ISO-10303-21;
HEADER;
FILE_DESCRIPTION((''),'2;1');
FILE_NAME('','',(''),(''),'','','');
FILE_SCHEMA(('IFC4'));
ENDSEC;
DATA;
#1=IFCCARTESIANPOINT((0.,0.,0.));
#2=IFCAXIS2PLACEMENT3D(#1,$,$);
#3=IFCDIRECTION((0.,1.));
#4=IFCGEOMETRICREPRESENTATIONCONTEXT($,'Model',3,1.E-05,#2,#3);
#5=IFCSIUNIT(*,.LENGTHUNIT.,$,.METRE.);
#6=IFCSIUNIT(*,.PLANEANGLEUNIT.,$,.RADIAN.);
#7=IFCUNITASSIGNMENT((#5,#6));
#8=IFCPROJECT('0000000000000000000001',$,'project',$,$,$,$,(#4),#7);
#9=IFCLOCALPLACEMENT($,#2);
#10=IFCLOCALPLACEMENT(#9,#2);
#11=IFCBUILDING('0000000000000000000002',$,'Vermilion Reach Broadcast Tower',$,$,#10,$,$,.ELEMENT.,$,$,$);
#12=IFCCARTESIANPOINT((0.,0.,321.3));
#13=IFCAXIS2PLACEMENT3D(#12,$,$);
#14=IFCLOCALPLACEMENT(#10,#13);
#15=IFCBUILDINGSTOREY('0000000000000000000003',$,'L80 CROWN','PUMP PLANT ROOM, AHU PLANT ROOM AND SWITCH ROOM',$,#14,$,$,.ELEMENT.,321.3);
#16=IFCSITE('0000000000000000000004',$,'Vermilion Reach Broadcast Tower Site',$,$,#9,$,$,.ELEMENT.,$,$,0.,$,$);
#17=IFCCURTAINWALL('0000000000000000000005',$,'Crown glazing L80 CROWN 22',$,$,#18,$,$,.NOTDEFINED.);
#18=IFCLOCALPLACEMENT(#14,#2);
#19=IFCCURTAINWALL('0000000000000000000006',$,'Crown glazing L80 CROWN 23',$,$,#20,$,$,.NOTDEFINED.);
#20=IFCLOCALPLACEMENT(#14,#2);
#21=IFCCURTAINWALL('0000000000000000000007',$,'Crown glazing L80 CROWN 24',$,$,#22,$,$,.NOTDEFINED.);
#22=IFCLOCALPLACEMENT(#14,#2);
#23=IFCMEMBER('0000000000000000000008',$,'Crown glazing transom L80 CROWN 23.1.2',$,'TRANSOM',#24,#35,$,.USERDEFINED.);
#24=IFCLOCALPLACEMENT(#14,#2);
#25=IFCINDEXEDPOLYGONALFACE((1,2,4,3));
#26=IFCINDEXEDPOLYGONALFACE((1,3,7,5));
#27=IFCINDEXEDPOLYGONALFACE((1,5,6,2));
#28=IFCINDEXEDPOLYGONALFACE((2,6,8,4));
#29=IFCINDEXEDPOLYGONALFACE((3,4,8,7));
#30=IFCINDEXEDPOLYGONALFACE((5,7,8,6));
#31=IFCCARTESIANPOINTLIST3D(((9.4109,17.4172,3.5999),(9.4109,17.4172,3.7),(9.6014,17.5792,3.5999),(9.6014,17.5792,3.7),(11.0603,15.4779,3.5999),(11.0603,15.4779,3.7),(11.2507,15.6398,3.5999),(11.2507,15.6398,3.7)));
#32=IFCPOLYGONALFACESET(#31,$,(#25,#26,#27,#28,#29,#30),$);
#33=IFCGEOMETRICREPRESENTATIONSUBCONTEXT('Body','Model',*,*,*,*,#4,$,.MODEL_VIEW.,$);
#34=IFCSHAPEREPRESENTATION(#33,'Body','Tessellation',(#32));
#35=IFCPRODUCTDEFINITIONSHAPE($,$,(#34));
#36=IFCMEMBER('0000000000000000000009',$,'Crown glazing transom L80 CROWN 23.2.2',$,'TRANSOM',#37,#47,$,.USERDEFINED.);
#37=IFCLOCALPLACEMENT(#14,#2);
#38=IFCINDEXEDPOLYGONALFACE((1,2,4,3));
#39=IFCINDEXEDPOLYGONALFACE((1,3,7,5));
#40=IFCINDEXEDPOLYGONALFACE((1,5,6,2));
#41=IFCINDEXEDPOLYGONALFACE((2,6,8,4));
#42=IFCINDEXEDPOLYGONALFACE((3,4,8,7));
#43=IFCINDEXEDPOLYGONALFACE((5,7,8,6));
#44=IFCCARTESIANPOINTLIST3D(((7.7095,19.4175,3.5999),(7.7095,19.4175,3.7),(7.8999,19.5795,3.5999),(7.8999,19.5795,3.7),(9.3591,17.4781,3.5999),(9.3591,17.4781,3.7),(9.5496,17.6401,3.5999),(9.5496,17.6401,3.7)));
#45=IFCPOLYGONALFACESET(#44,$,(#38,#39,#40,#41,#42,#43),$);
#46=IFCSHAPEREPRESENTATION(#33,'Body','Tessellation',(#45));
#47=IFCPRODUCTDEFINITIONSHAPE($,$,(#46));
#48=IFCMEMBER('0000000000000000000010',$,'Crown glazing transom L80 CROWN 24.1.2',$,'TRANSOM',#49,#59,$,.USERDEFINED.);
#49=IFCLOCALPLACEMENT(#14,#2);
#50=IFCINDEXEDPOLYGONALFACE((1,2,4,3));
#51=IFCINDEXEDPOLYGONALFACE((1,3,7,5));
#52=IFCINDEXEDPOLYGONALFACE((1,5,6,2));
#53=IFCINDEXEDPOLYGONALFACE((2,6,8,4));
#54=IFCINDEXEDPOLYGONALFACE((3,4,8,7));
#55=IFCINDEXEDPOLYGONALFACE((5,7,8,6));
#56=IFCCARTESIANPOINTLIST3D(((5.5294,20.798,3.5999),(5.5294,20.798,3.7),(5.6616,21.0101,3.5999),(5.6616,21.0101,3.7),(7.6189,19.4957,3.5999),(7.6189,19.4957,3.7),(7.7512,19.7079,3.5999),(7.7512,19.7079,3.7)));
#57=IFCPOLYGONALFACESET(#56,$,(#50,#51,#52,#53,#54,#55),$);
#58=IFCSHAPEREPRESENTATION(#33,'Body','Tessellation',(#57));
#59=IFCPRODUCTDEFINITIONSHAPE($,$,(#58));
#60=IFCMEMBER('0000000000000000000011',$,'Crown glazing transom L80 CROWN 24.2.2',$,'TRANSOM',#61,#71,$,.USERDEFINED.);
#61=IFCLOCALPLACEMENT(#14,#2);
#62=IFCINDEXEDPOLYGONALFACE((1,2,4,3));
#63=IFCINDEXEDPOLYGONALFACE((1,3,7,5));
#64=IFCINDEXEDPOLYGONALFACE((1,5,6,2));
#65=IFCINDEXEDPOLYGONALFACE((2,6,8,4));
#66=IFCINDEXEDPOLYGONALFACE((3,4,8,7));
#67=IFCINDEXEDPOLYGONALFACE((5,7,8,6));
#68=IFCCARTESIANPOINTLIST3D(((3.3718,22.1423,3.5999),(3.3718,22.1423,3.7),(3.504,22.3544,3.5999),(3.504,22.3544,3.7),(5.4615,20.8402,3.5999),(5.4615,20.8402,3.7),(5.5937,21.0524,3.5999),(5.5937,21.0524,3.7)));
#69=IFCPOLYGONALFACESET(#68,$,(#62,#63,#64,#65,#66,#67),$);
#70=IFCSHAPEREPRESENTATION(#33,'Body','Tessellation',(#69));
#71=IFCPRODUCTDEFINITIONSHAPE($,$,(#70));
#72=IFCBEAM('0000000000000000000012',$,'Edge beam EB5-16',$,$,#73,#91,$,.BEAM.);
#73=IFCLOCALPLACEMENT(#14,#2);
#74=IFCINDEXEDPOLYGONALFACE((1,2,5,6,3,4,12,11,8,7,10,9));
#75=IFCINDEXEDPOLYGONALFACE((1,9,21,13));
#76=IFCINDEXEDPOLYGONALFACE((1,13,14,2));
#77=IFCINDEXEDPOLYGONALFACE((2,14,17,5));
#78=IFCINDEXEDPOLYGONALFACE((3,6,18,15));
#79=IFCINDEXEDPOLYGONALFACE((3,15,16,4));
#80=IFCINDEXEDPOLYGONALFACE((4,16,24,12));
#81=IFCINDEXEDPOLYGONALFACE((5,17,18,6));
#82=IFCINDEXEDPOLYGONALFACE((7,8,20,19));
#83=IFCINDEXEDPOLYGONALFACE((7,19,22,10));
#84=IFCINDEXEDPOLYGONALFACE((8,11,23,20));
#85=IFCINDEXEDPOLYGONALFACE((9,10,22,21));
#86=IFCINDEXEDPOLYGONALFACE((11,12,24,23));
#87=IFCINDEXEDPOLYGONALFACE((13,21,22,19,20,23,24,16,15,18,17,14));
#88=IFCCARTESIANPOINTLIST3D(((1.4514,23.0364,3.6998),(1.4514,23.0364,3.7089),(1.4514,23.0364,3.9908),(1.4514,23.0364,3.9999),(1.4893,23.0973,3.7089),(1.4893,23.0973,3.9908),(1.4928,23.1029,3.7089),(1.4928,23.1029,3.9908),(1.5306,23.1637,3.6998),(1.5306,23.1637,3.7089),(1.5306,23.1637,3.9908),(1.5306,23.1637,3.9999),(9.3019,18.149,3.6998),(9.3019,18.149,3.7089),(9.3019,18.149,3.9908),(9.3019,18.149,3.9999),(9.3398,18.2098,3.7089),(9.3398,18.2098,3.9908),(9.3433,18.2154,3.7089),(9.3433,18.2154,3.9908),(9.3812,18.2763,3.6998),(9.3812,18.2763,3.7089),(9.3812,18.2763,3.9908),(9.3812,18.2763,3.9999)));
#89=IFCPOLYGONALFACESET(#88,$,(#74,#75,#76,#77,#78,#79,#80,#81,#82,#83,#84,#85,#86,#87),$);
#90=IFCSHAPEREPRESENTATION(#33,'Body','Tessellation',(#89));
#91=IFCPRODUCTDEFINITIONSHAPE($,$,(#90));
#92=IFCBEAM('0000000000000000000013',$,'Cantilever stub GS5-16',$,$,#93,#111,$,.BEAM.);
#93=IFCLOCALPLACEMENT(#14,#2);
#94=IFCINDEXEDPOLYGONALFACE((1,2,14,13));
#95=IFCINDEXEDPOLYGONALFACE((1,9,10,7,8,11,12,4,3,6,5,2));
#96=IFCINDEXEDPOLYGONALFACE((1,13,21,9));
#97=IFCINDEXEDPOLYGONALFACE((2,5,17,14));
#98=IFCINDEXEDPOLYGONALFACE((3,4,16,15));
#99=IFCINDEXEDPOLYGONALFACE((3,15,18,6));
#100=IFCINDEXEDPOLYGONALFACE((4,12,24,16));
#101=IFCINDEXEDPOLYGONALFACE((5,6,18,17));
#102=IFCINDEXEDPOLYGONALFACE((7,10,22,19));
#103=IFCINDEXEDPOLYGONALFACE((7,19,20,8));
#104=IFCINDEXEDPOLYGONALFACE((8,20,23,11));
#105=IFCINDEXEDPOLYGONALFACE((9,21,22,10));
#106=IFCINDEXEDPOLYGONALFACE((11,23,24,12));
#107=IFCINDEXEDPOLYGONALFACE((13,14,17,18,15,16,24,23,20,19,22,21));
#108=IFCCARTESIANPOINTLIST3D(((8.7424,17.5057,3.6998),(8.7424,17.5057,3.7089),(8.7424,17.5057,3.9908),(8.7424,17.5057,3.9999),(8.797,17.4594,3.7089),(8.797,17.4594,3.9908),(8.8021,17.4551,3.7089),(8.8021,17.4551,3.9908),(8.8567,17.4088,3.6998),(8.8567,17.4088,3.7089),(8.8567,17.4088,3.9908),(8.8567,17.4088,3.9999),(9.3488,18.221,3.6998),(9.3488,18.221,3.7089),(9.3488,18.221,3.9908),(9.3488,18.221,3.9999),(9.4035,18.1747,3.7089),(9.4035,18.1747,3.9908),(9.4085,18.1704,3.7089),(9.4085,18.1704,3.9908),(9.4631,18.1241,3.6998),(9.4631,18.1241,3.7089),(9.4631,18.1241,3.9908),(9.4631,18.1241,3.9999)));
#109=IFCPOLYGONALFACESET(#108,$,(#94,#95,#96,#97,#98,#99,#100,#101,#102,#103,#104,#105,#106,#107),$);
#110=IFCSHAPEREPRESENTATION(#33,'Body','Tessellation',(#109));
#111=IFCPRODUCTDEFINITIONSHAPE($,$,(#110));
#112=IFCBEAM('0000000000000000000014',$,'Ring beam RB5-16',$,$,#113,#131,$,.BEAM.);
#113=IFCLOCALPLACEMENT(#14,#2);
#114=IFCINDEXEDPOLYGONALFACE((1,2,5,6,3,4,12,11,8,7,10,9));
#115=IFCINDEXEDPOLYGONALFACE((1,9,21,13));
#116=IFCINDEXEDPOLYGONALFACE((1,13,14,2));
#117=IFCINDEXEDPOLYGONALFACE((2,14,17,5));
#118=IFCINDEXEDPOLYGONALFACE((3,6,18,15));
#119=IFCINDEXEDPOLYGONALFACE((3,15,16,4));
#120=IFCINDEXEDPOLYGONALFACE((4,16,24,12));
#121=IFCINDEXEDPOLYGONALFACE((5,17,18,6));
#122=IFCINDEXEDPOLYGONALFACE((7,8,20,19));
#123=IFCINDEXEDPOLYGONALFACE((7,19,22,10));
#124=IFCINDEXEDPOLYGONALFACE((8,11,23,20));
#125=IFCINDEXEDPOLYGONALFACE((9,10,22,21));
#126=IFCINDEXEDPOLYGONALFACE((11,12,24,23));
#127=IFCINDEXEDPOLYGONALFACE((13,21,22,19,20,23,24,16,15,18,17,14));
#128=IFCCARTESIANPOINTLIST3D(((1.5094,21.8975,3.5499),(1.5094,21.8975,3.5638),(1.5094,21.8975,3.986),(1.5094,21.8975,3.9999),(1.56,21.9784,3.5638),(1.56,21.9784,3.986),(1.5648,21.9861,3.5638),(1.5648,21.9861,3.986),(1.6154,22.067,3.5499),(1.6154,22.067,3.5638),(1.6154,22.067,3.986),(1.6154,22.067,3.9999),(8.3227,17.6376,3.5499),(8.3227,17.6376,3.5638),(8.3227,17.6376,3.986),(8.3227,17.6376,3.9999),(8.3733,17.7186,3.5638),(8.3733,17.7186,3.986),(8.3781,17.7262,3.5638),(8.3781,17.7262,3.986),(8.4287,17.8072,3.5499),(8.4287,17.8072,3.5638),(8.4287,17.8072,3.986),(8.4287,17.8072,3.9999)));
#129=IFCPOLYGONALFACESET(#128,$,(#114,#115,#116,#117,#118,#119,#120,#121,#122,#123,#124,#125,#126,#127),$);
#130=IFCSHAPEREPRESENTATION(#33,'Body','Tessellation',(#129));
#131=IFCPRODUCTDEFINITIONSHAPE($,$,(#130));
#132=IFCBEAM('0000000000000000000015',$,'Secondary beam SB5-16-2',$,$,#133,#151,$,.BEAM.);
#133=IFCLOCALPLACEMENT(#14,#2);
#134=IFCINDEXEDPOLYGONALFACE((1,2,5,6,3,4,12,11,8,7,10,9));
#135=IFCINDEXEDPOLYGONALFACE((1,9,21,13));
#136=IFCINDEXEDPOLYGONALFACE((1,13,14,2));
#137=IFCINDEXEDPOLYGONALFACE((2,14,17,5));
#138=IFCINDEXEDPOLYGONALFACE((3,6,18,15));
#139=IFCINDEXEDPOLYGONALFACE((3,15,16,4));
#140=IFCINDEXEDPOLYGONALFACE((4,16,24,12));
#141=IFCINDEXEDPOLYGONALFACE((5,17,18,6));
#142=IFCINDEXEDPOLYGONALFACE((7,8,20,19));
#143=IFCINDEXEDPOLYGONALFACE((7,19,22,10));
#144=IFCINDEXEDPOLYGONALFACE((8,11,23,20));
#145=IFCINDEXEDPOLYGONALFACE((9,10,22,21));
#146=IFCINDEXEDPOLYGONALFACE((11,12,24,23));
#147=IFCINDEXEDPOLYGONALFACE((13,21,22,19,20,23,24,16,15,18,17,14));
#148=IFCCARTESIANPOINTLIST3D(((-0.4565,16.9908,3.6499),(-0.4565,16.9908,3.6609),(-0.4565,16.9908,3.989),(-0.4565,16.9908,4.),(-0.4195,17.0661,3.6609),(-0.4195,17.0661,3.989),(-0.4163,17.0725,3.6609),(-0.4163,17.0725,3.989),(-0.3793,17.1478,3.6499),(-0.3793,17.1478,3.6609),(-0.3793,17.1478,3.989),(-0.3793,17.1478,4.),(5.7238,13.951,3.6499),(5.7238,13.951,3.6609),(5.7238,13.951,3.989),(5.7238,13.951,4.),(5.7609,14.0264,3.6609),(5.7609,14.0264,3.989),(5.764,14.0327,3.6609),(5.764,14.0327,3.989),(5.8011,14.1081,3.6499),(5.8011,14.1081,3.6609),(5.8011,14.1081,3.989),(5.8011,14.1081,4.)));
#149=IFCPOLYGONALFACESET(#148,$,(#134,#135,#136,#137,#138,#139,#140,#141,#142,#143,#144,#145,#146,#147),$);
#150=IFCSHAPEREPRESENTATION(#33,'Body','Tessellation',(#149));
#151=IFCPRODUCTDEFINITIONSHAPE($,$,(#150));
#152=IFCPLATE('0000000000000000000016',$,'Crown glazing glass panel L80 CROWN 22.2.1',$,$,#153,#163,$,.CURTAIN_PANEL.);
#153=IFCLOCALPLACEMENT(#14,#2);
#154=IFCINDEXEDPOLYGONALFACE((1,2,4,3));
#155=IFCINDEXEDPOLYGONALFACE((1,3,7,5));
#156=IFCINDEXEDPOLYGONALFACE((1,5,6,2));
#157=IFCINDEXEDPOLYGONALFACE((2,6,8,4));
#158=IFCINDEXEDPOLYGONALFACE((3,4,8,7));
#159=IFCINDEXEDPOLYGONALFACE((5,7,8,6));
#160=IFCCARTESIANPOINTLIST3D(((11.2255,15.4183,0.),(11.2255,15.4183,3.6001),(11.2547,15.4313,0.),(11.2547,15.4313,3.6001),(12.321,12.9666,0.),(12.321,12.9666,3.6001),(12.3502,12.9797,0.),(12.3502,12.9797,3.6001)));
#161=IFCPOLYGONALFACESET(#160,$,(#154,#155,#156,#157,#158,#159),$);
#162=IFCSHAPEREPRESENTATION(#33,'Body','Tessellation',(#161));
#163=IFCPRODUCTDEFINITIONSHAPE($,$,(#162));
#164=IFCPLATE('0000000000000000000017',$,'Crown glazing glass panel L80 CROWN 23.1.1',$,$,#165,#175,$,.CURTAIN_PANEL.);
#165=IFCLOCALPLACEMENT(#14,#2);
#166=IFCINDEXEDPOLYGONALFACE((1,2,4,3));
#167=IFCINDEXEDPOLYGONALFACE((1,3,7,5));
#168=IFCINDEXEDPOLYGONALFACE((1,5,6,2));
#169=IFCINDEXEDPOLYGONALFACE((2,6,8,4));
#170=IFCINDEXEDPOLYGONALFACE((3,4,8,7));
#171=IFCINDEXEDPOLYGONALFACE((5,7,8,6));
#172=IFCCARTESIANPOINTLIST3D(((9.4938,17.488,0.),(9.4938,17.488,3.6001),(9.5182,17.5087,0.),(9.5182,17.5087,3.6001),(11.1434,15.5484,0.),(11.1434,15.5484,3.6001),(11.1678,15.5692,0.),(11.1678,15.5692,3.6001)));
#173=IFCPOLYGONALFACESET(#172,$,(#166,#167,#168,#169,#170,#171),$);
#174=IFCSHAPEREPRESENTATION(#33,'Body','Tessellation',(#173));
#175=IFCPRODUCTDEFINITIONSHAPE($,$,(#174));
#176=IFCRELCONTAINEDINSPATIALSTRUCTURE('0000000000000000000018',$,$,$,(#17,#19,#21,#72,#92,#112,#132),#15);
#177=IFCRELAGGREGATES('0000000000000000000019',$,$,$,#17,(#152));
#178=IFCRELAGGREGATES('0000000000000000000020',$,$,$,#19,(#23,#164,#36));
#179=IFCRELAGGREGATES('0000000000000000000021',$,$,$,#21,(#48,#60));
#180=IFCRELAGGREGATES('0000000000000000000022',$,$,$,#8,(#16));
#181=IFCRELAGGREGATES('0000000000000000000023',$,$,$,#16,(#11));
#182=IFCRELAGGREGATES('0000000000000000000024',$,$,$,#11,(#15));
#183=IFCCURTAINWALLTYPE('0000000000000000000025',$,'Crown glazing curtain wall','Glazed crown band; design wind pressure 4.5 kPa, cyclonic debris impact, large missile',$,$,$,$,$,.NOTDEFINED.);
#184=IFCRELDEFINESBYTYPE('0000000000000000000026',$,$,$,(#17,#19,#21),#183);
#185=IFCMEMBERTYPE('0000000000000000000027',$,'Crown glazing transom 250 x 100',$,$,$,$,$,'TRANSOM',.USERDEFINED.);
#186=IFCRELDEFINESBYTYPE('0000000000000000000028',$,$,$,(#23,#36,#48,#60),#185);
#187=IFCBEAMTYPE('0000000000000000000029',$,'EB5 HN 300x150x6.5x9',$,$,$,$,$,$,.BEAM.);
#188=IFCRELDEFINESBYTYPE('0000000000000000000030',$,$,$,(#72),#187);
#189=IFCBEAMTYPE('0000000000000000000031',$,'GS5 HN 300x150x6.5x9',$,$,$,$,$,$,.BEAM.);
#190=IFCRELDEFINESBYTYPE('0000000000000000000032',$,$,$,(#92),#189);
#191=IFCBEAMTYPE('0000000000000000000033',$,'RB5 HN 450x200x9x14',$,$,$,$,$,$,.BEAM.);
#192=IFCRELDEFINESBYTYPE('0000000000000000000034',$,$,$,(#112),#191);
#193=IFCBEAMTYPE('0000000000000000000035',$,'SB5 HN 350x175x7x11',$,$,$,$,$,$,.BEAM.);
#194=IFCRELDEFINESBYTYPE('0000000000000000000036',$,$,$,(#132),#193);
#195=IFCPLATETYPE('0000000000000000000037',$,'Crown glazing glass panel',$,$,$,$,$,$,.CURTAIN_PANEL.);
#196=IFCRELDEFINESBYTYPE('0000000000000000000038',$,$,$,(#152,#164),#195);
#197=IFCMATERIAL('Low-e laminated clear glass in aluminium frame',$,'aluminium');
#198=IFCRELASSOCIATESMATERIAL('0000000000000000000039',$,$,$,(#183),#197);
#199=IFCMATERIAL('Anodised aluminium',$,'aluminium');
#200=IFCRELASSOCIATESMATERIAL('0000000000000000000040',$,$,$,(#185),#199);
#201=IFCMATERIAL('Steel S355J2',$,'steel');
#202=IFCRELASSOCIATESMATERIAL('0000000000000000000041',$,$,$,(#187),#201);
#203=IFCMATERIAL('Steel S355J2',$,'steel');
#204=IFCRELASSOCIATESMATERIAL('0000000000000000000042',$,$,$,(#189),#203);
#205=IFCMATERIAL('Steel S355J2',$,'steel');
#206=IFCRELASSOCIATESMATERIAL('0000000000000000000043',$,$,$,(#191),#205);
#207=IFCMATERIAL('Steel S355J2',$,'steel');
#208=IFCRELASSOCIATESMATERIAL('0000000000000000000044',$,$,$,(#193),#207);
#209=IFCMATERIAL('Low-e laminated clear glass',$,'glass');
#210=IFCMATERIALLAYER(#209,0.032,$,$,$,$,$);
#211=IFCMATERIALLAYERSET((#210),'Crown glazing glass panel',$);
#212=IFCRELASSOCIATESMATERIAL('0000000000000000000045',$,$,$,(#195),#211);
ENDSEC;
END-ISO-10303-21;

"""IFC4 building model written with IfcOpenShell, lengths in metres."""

from ifc_helpers import new_model, si_unit, direction, frame, origin, origin_2d, place, context, subcontext, project, spatial, rectangle, i_section, extrude, material, layer, layer_set, material_profile, profile_set, type_object, element, aggregate, save


model = new_model("IFC4")

# Units and contexts
model_context = context("Model", 3, precision=1e-05, world=origin(), true_north=direction((0.0, 1.0)))
body_context = subcontext(model_context, "Body", "Model", "MODEL_VIEW")
ifc_project = project(units=[si_unit("LENGTHUNIT", "METRE"), si_unit("PLANEANGLEUNIT", "RADIAN")], contexts=[model_context])

# Site, building, storey
site_placement = place(None, origin())
site = spatial("IfcSite", under=ifc_project, at=site_placement, Name="Vermilion Reach Broadcast Tower Site", CompositionType="ELEMENT", RefElevation=0.0)
building_placement = place(site_placement, origin())
building = spatial("IfcBuilding", under=site, at=building_placement, Name="Vermilion Reach Broadcast Tower", CompositionType="ELEMENT")
storey_placement = place(building_placement, frame((0.0, 0.0, 321.3)))
storey = spatial("IfcBuildingStorey", under=building, at=storey_placement, Name="L80 CROWN", Description="PUMP PLANT ROOM, AHU PLANT ROOM AND SWITCH ROOM", CompositionType="ELEMENT", Elevation=321.3)

# Curtain walls
ifc_material_1 = material(Name="Low-e laminated clear glass in aluminium frame", Category="aluminium")
curtain_wall_type = type_object("IfcCurtainWallType", Name="Crown glazing curtain wall", Description="Glazed crown band; design wind pressure 4.5 kPa, cyclonic debris impact, large missile", PredefinedType="NOTDEFINED", material=ifc_material_1)
placement = place(storey_placement, origin())
curtain_wall_1 = element("IfcCurtainWall", 1, at=placement, inside=storey, type_object=curtain_wall_type, Name="Crown glazing L80 CROWN 22", PredefinedType="NOTDEFINED")
curtain_wall_2 = element("IfcCurtainWall", 2, at=placement, inside=storey, type_object=curtain_wall_type, Name="Crown glazing L80 CROWN 23", PredefinedType="NOTDEFINED")
curtain_wall_3 = element("IfcCurtainWall", 3, at=placement, inside=storey, type_object=curtain_wall_type, Name="Crown glazing L80 CROWN 24", PredefinedType="NOTDEFINED")

# Members
ifc_material_2 = material(Name="Anodised aluminium", Category="aluminium")
ifc_material_profile_1 = material_profile(ifc_material_2, rectangle(XDim=0.25, YDim=0.1001, at=origin_2d()), Name="Crown glazing transom 250 x 100")
ifc_profile_set_1 = profile_set([ifc_material_profile_1], Name="Anodised aluminium")
member_type_1 = type_object("IfcMemberType", Name="Crown glazing transom 250 x 100", ElementType="TRANSOM", PredefinedType="USERDEFINED", material=ifc_profile_set_1)
member_1_placement = place(storey_placement, frame((11.1555, 15.5588, 3.6499), z_axis=(-0.647849, 0.761769, 0.0), x_axis=(-0.761769, -0.647849, 0.0)))
member_1 = element("IfcMember", 4, at=member_1_placement, type_object=member_type_1, Name="Crown glazing transom L80 CROWN 23.1.2", ObjectType="TRANSOM", PredefinedType="USERDEFINED", context=body_context, shape_type="SweptSolid", body=[
    extrude(rectangle(XDim=0.25, YDim=0.1001, at=origin_2d()), origin(), (0.0, 0.0, 1.0), 2.5459),
])
member_2_placement = place(storey_placement, frame((9.4543, 17.5591, 3.6499), z_axis=(-0.647904, 0.761722, 0.0), x_axis=(-0.761722, -0.647904, 0.0)))
member_2 = element("IfcMember", 5, at=member_2_placement, type_object=member_type_1, Name="Crown glazing transom L80 CROWN 23.2.2", ObjectType="TRANSOM", PredefinedType="USERDEFINED", context=body_context, shape_type="SweptSolid", body=[
    extrude(rectangle(XDim=0.25, YDim=0.1001, at=origin_2d()), origin(), (0.0, 0.0, 1.0), 2.5461),
])
member_3_placement = place(storey_placement, frame((7.6851, 19.6018, 3.6499), z_axis=(-0.848683, 0.528902, 0.0), x_axis=(-0.528902, -0.848683, 0.0)))
member_3 = element("IfcMember", 6, at=member_3_placement, type_object=member_type_1, Name="Crown glazing transom L80 CROWN 24.1.2", ObjectType="TRANSOM", PredefinedType="USERDEFINED", context=body_context, shape_type="SweptSolid", body=[
    extrude(rectangle(XDim=0.25, YDim=0.1001, at=origin_2d()), origin(), (0.0, 0.0, 1.0), 2.4622),
])
member_4_placement = place(storey_placement, frame((5.5276, 20.9463, 3.6499), z_axis=(-0.848727, 0.528831, 0.0), x_axis=(-0.528831, -0.848727, 0.0)))
member_4 = element("IfcMember", 7, at=member_4_placement, type_object=member_type_1, Name="Crown glazing transom L80 CROWN 24.2.2", ObjectType="TRANSOM", PredefinedType="USERDEFINED", context=body_context, shape_type="SweptSolid", body=[
    extrude(rectangle(XDim=0.25, YDim=0.1001, at=origin_2d()), origin(), (0.0, 0.0, 1.0), 2.4622),
])

# Beams
ifc_material_3 = material(Name="Steel S355J2", Category="steel")
ifc_material_profile_2 = material_profile(ifc_material_3, i_section(OverallWidth=0.1499, OverallDepth=0.3, WebThickness=0.0066, FlangeThickness=0.009, at=origin_2d()), Name="S355J2 HN 300x150x6.5x9")
ifc_profile_set_2 = profile_set([ifc_material_profile_2], Name="Steel S355J2")
beam_type_1 = type_object("IfcBeamType", Name="EB5 HN 300x150x6.5x9", PredefinedType="BEAM", material=ifc_profile_set_2)
beam_1_placement = place(storey_placement, frame((9.3416, 18.2126, 3.8499), z_axis=(-0.848928, 0.528508, 0.0), x_axis=(-0.528508, -0.848928, 0.0)))
element("IfcBeam", 8, at=beam_1_placement, inside=storey, type_object=beam_type_1, Name="Edge beam EB5-16", PredefinedType="BEAM", context=body_context, shape_type="SweptSolid", body=[
    extrude(i_section(OverallWidth=0.1499, OverallDepth=0.3, WebThickness=0.0066, FlangeThickness=0.009, at=origin_2d()), origin(), (0.0, 0.0, 1.0), 9.2476),
])
ifc_material_4 = material(Name="Steel S355J2", Category="steel")
ifc_material_profile_3 = material_profile(ifc_material_4, i_section(OverallWidth=0.1499, OverallDepth=0.3, WebThickness=0.0066, FlangeThickness=0.009, at=origin_2d()), Name="S355J2 HN 300x150x6.5x9")
ifc_profile_set_3 = profile_set([ifc_material_profile_3], Name="Steel S355J2")
beam_type_2 = type_object("IfcBeamType", Name="GS5 HN 300x150x6.5x9", PredefinedType="BEAM", material=ifc_profile_set_3)
beam_2_placement = place(storey_placement, frame((8.7996, 17.4573, 3.8499), z_axis=(0.646665, 0.762774, 0.0), x_axis=(-0.762774, 0.646665, 0.0)))
element("IfcBeam", 9, at=beam_2_placement, inside=storey, type_object=beam_type_2, Name="Cantilever stub GS5-16", PredefinedType="BEAM", context=body_context, shape_type="SweptSolid", body=[
    extrude(i_section(OverallWidth=0.1499, OverallDepth=0.3, WebThickness=0.0066, FlangeThickness=0.009, at=origin_2d()), origin(), (0.0, 0.0, 1.0), 0.9377),
])
ifc_material_5 = material(Name="Steel S355J2", Category="steel")
ifc_material_profile_4 = material_profile(ifc_material_5, i_section(OverallWidth=0.2, OverallDepth=0.45, WebThickness=0.009, FlangeThickness=0.0139, at=origin_2d()), Name="S355J2 HN 450x200x9x14")
ifc_profile_set_4 = profile_set([ifc_material_profile_4], Name="Steel S355J2")
beam_type_3 = type_object("IfcBeamType", Name="RB5 HN 450x200x9x14", PredefinedType="BEAM", material=ifc_profile_set_4)
beam_3_placement = place(storey_placement, frame((8.3757, 17.7224, 3.7749), z_axis=(-0.847915, 0.530133, 0.0), x_axis=(-0.530133, -0.847915, 0.0)))
element("IfcBeam", 10, at=beam_3_placement, inside=storey, type_object=beam_type_3, Name="Ring beam RB5-16", PredefinedType="BEAM", context=body_context, shape_type="SweptSolid", body=[
    extrude(i_section(OverallWidth=0.2, OverallDepth=0.45, WebThickness=0.009, FlangeThickness=0.0139, at=origin_2d()), origin(), (0.0, 0.0, 1.0), 8.0354),
])
ifc_material_6 = material(Name="Steel S355J2", Category="steel")
ifc_material_profile_5 = material_profile(ifc_material_6, i_section(OverallWidth=0.175, OverallDepth=0.3501, WebThickness=0.0071, FlangeThickness=0.011, at=origin_2d()), Name="S355J2 HN 350x175x7x11")
ifc_profile_set_5 = profile_set([ifc_material_profile_5], Name="Steel S355J2")
beam_type_4 = type_object("IfcBeamType", Name="SB5 HN 350x175x7x11", PredefinedType="BEAM", material=ifc_profile_set_5)
beam_4_placement = place(storey_placement, frame((5.7625, 14.0295, 3.825), z_axis=(-0.897336, 0.441348, 0.0), x_axis=(-0.441348, -0.897336, 0.0)))
element("IfcBeam", 11, at=beam_4_placement, inside=storey, type_object=beam_type_4, Name="Secondary beam SB5-16-2", PredefinedType="BEAM", context=body_context, shape_type="SweptSolid", body=[
    extrude(i_section(OverallWidth=0.175, OverallDepth=0.3501, WebThickness=0.0071, FlangeThickness=0.011, at=origin_2d()), origin(), (0.0, 0.0, 1.0), 6.8875),
])

# Plates
ifc_material_7 = material(Name="Low-e laminated clear glass", Category="glass")
ifc_layer_1 = layer(ifc_material_7, 0.032)
ifc_layer_set_1 = layer_set([ifc_layer_1], Name="Crown glazing glass panel")
plate_type = type_object("IfcPlateType", Name="Crown glazing glass panel", PredefinedType="CURTAIN_PANEL", material=ifc_layer_set_1)
plate_1_placement = place(storey_placement, frame((11.7878, 14.199, 0.0), z_axis=(0.0, 0.0, 1.0), x_axis=(-0.407985, 0.912989, 0.0)))
plate_1 = element("IfcPlate", 12, at=plate_1_placement, type_object=plate_type, Name="Crown glazing glass panel L80 CROWN 22.2.1", PredefinedType="CURTAIN_PANEL", context=body_context, shape_type="SweptSolid", body=[
    extrude(rectangle(XDim=2.6853, YDim=0.032, at=origin_2d()), origin(), (0.0, 0.0, 1.0), 3.6001),
])
aggregate(curtain_wall_1, [plate_1])
plate_2_placement = place(storey_placement, frame((10.3308, 16.5286, 0.0), z_axis=(0.0, 0.0, 1.0), x_axis=(-0.647871, 0.76175, 0.0)))
plate_2 = element("IfcPlate", 13, at=plate_2_placement, type_object=plate_type, Name="Crown glazing glass panel L80 CROWN 23.1.1", PredefinedType="CURTAIN_PANEL", context=body_context, shape_type="SweptSolid", body=[
    extrude(rectangle(XDim=2.5461, YDim=0.032, at=origin_2d()), origin(), (0.0, 0.0, 1.0), 3.6001),
])
aggregate(curtain_wall_2, [member_1, plate_2, member_2])
aggregate(curtain_wall_3, [member_3, member_4])

save(model, "model.ifc")
